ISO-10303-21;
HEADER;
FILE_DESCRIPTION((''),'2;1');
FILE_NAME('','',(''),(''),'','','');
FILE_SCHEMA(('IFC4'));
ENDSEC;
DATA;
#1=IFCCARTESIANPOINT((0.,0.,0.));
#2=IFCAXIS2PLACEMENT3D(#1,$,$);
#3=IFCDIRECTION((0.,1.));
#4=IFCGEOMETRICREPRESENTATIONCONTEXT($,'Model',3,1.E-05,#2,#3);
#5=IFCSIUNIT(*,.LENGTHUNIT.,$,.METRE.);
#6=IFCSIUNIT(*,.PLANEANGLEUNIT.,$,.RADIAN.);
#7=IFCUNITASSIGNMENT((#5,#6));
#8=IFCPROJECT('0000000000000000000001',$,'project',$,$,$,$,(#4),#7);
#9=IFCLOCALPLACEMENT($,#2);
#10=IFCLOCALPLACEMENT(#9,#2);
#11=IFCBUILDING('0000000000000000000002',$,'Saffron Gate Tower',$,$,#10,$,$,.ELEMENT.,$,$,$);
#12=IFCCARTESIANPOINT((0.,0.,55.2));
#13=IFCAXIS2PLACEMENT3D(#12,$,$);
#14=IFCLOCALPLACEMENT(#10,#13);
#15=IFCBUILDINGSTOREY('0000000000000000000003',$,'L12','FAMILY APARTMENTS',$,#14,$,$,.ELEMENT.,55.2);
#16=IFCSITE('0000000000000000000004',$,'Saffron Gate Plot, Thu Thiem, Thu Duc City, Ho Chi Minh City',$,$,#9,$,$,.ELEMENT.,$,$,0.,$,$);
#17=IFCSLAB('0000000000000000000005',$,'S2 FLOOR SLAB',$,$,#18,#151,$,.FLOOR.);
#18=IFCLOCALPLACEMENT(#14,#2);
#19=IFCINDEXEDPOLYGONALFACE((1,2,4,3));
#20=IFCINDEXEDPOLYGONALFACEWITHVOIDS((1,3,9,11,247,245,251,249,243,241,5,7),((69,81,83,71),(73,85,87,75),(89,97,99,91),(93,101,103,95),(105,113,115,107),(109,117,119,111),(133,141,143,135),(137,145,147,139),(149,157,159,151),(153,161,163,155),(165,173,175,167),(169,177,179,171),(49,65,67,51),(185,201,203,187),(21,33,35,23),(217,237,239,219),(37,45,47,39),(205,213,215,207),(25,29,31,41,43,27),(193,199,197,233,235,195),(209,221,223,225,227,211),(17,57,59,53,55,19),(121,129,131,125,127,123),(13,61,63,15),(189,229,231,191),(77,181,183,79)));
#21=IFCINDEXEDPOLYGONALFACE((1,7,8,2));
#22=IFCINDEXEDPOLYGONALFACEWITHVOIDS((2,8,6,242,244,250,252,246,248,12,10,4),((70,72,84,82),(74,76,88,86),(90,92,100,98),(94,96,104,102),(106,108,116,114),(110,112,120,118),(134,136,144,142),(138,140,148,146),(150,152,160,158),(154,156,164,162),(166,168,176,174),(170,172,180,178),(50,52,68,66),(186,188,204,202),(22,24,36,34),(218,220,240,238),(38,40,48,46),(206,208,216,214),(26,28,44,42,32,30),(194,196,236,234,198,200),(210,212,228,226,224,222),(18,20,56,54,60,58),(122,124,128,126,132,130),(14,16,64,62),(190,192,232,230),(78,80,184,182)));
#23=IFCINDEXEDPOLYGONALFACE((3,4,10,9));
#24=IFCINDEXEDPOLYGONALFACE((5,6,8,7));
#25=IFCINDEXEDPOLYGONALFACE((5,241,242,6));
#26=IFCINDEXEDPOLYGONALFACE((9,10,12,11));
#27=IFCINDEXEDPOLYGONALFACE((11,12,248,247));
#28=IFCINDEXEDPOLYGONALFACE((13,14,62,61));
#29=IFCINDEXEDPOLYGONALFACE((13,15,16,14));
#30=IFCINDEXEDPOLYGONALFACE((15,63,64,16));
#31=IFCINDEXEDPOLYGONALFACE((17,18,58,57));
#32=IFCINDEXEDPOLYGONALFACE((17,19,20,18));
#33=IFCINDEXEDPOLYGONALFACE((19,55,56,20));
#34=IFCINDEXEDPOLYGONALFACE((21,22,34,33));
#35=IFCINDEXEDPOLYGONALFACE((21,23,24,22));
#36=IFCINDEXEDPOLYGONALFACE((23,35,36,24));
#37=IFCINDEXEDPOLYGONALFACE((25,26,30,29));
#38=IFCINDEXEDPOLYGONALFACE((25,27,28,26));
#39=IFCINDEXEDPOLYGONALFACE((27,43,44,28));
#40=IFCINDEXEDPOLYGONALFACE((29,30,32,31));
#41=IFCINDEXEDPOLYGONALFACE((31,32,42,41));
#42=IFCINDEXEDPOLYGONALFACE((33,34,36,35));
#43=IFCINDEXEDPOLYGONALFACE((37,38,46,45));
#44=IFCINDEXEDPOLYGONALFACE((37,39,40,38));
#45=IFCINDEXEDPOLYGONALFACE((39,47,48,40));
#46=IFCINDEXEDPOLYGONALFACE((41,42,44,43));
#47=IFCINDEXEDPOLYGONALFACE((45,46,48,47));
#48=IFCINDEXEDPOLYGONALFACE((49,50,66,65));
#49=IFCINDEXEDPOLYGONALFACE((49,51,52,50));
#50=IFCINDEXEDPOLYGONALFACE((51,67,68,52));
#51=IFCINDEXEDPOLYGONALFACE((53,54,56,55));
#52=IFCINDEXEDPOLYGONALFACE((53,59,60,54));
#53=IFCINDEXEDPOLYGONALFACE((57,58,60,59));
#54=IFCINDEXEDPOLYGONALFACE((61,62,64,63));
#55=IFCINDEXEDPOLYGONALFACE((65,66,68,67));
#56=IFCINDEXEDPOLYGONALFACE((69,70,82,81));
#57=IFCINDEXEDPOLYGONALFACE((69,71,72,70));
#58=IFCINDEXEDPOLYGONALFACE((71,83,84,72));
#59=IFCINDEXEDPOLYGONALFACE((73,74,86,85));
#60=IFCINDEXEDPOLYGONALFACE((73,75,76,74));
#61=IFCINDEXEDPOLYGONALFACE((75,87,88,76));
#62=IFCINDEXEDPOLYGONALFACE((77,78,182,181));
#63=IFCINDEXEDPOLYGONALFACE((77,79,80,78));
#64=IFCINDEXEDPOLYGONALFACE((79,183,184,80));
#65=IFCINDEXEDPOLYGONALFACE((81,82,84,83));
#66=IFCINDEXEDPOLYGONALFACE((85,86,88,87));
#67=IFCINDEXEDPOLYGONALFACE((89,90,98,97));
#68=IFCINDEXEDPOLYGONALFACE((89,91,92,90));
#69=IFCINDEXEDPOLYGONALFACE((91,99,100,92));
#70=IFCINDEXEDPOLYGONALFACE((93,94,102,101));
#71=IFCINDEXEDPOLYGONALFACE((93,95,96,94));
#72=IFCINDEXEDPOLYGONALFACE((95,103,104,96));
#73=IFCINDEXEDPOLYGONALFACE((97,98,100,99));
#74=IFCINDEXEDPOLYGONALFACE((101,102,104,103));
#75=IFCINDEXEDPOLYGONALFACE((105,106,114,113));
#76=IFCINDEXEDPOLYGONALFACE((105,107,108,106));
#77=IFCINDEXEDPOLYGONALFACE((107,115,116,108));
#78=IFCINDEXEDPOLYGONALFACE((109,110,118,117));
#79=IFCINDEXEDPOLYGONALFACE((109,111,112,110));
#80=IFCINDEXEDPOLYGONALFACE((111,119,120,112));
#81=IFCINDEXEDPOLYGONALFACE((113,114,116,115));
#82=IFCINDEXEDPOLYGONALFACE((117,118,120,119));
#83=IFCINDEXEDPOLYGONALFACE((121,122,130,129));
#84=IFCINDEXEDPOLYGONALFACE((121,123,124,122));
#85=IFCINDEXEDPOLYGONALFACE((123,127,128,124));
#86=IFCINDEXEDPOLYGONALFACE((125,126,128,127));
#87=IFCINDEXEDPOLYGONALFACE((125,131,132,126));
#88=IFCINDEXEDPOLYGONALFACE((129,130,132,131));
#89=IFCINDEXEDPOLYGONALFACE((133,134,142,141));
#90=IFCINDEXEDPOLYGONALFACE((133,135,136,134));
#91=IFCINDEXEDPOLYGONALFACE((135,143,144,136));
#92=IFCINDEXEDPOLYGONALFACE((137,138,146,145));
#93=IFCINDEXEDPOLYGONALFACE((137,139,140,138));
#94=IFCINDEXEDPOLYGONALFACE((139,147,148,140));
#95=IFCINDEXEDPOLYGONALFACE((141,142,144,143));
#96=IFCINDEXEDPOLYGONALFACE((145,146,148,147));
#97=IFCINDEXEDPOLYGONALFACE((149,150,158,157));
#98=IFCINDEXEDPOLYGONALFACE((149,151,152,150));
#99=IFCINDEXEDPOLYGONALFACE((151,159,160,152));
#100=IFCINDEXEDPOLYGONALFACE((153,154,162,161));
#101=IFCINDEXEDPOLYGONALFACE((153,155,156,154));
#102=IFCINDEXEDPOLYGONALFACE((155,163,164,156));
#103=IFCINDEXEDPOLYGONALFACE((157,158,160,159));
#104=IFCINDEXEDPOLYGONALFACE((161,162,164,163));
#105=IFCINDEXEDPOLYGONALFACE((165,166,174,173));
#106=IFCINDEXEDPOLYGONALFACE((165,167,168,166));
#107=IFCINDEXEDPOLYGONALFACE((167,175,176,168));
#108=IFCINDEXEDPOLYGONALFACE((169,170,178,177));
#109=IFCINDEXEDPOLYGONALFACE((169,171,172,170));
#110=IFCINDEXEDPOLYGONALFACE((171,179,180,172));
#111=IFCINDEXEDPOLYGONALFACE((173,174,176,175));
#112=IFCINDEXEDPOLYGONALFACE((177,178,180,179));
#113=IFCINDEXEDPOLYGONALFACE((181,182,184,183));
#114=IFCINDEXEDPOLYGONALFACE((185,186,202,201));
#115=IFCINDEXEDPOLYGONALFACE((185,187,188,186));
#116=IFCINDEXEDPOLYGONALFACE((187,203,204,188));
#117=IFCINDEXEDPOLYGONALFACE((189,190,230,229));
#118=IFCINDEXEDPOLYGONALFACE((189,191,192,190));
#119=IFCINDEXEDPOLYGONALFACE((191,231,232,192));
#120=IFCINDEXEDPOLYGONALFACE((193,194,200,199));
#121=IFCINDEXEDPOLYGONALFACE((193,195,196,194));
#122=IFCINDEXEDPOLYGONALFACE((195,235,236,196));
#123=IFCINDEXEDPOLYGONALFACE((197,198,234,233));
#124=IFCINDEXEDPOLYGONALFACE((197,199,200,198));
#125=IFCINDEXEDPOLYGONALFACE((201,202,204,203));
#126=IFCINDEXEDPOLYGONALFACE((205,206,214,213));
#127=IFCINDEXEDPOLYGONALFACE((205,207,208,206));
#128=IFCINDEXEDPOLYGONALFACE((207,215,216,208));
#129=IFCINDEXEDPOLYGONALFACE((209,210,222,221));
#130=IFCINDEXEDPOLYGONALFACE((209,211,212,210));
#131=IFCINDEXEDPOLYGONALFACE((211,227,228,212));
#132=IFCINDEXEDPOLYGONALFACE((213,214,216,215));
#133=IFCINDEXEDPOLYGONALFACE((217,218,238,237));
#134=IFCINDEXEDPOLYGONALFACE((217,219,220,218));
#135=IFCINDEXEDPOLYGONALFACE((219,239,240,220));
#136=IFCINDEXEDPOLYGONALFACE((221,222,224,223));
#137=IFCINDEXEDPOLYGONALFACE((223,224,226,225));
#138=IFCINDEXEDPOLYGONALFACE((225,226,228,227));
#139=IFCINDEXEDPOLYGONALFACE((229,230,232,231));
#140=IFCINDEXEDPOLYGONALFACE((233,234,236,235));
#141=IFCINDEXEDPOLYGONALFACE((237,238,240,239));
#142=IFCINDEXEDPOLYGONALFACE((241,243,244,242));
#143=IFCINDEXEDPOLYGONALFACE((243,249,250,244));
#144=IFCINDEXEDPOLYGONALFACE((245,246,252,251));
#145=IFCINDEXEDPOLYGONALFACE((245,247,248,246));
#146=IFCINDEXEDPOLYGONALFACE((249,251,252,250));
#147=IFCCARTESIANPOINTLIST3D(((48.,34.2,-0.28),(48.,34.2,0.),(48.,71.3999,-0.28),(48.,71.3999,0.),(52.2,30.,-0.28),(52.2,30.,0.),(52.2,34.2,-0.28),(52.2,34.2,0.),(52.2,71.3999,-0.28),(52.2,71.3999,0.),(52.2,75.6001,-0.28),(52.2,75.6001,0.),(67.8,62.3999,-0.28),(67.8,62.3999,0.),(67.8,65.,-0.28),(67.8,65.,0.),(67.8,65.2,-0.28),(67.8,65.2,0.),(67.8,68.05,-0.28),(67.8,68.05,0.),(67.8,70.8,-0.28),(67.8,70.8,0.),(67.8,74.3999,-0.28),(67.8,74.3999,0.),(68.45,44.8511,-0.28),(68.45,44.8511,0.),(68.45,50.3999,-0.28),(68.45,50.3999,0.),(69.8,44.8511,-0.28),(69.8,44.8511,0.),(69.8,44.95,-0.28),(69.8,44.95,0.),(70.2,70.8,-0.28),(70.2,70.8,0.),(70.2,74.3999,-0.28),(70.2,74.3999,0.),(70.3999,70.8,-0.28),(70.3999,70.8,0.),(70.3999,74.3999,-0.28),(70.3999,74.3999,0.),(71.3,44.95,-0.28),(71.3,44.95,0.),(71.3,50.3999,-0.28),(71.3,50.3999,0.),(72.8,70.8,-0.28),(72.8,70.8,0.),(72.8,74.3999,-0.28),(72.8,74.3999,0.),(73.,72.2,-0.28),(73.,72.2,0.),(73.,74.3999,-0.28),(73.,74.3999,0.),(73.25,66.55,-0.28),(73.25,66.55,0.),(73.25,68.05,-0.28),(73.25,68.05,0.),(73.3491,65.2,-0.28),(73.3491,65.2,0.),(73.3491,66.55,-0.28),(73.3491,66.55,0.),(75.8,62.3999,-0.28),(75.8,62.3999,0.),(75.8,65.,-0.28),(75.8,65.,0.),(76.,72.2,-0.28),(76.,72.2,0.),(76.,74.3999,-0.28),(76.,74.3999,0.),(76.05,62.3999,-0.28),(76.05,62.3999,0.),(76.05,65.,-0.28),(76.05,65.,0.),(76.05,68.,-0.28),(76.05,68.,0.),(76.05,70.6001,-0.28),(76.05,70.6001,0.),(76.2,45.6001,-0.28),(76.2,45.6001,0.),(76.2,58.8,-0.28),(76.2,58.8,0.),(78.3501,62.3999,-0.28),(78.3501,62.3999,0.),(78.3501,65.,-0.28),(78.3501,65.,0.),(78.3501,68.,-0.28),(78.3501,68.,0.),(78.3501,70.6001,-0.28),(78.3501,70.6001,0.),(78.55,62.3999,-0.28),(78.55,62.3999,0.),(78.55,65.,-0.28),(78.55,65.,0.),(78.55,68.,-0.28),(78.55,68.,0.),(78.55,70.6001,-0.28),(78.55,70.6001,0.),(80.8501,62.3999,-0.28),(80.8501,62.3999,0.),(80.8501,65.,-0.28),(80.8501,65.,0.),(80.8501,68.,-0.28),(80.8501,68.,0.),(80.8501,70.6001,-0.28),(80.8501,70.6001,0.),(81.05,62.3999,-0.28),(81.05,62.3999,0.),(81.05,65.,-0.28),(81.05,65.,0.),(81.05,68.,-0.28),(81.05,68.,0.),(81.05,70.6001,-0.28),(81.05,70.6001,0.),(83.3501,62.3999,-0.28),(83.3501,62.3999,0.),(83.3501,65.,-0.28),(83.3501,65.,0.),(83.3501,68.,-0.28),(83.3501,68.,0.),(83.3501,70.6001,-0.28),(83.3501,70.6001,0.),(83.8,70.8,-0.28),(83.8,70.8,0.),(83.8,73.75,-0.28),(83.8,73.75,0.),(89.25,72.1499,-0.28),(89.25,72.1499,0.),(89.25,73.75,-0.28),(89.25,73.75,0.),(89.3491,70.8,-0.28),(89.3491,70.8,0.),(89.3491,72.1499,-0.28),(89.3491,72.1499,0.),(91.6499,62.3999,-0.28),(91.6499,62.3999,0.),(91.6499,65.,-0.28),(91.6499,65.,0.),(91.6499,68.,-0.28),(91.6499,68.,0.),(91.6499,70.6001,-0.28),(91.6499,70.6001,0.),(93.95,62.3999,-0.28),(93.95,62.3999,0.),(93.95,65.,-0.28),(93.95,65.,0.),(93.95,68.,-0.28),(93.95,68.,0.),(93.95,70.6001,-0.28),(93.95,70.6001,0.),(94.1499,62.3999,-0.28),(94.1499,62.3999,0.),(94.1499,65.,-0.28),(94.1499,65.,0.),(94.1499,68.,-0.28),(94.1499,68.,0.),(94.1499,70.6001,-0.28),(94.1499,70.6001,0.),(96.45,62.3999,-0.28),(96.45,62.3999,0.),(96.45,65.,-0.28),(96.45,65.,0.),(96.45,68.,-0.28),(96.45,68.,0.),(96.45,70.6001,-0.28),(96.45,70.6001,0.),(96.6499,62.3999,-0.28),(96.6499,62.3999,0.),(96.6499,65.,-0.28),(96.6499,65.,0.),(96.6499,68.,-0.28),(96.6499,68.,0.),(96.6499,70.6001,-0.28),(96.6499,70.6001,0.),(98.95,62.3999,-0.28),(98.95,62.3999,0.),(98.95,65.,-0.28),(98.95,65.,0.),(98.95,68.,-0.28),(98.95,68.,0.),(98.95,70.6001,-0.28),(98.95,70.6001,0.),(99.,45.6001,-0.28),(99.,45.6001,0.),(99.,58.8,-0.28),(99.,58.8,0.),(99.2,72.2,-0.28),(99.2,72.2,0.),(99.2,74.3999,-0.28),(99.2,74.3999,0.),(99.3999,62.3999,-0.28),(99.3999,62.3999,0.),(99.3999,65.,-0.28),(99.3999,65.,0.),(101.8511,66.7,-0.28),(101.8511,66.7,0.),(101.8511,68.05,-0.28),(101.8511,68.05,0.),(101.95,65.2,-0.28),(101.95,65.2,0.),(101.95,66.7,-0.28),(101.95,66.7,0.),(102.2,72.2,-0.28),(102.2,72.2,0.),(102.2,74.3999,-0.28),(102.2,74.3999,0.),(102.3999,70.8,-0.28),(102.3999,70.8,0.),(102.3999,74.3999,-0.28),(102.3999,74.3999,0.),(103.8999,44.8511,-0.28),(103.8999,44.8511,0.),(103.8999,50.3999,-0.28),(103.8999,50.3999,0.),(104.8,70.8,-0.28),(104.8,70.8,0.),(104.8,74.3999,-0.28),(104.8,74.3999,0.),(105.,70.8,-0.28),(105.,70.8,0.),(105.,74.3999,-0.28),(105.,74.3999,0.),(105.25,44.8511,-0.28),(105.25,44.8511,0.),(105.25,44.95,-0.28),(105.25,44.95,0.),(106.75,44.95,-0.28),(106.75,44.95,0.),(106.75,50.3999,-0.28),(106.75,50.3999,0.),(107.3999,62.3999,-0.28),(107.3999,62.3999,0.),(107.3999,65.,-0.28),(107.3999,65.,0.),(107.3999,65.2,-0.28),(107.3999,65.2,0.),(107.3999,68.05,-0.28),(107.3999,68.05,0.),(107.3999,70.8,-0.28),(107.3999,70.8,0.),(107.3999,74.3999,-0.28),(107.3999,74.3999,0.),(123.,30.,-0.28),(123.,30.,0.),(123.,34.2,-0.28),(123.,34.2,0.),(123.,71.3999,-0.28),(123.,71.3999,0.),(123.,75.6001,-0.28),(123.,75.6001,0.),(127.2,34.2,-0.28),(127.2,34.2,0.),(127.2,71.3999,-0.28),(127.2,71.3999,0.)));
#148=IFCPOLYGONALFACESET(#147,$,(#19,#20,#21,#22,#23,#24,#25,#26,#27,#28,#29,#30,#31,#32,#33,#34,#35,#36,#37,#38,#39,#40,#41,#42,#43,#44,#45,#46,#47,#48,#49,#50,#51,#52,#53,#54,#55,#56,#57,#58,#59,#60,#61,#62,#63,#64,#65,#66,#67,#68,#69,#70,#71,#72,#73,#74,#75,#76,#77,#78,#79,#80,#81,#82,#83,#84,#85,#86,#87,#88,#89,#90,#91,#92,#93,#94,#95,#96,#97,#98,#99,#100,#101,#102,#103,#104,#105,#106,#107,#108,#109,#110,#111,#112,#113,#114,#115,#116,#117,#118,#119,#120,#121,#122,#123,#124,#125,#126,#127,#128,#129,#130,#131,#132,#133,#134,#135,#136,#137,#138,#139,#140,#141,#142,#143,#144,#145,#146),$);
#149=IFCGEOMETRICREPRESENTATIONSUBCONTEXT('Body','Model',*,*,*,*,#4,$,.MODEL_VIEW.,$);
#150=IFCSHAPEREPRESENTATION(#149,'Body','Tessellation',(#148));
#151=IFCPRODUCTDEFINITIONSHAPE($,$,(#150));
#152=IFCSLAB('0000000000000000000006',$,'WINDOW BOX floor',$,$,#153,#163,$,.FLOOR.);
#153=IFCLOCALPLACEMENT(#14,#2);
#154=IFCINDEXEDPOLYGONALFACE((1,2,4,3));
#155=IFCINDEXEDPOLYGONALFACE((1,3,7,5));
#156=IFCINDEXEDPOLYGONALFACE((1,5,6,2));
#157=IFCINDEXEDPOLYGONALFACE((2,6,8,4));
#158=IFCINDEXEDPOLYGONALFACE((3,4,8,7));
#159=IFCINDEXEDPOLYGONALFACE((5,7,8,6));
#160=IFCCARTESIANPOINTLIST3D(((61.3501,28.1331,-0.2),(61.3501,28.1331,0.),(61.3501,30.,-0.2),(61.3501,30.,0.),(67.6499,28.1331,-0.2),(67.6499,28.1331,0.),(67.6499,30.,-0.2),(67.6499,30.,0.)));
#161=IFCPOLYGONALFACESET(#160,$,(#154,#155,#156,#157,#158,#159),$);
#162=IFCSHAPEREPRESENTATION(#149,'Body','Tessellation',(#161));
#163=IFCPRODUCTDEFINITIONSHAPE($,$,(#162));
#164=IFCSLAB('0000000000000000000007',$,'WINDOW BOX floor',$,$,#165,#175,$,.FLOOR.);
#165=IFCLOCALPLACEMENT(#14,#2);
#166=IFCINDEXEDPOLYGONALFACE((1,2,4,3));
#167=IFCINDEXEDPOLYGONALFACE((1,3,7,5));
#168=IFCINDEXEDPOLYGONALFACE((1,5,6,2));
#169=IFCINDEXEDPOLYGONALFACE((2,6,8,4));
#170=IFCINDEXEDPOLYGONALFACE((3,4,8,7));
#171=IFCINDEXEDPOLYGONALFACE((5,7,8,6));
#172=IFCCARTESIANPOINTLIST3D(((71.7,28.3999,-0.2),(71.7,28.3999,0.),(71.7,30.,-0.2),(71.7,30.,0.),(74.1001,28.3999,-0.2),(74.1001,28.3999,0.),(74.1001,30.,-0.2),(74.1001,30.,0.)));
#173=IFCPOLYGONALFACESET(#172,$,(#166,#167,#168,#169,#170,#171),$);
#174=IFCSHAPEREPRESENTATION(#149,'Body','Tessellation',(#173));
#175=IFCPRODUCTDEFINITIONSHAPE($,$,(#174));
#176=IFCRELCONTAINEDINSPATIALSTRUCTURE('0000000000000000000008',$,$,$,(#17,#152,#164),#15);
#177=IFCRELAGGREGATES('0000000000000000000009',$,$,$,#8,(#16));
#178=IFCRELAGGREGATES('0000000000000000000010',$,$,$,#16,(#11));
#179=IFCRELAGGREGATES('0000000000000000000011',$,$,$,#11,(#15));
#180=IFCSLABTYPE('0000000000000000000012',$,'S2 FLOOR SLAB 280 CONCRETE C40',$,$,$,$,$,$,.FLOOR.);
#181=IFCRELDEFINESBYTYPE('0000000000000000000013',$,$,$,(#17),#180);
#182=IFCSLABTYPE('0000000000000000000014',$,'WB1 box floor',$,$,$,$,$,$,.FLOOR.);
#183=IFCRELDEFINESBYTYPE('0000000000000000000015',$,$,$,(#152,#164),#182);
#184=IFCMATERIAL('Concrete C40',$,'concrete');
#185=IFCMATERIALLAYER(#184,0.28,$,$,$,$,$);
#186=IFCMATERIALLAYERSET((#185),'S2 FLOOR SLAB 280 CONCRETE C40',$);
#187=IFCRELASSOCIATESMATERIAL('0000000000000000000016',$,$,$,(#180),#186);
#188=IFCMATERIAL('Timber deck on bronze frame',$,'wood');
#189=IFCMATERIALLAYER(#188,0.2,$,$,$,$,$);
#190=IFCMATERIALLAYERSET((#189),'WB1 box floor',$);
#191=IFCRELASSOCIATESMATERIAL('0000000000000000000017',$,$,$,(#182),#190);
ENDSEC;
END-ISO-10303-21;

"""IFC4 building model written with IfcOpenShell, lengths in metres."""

from ifc_helpers import new_model, si_unit, direction, frame, origin, place, context, subcontext, project, spatial, polyline, outline, extrude, material, layer, layer_set, type_object, element, save


model = new_model("IFC4")

# Units and contexts
model_context = context("Model", 3, precision=1e-05, world=origin(), true_north=direction((0.0, 1.0)))
body_context = subcontext(model_context, "Body", "Model", "MODEL_VIEW")
ifc_project = project(units=[si_unit("LENGTHUNIT", "METRE"), si_unit("PLANEANGLEUNIT", "RADIAN")], contexts=[model_context])

# Site, building, storey
site_placement = place(None, origin())
site = spatial("IfcSite", under=ifc_project, at=site_placement, Name="Saffron Gate Plot, Thu Thiem, Thu Duc City, Ho Chi Minh City", CompositionType="ELEMENT", RefElevation=0.0)
building_placement = place(site_placement, origin())
building = spatial("IfcBuilding", under=site, at=building_placement, Name="Saffron Gate Tower", CompositionType="ELEMENT")
storey_placement = place(building_placement, frame((0.0, 0.0, 55.2)))
storey = spatial("IfcBuildingStorey", under=building, at=storey_placement, Name="L12", Description="FAMILY APARTMENTS", CompositionType="ELEMENT", Elevation=55.2)

# Slabs
ifc_material_1 = material(Name="Concrete C40", Category="concrete")
ifc_layer_1 = layer(ifc_material_1, 0.28)
ifc_layer_set_1 = layer_set([ifc_layer_1], Name="S2 FLOOR SLAB 280 CONCRETE C40")
slab_type_1 = type_object("IfcSlabType", Name="S2 FLOOR SLAB 280 CONCRETE C40", PredefinedType="FLOOR", material=ifc_layer_set_1)
slab_1_placement = place(storey_placement, frame((0.0, 0.0, -0.28)))
element("IfcSlab", 1, at=slab_1_placement, inside=storey, type_object=slab_type_1, Name="S2 FLOOR SLAB", PredefinedType="FLOOR", context=body_context, shape_type="SweptSolid", body=[
    extrude(outline(polyline([(48.0, 34.2), (52.2, 34.2), (52.2, 30.0), (123.0, 30.0), (123.0, 34.2), (127.2, 34.2), (127.2, 71.3999), (123.0, 71.3999), (123.0, 75.6001), (52.2, 75.6001), (52.2, 71.3999), (48.0, 71.3999), (48.0, 34.2)]), holes=[polyline([(67.8, 62.3999), (67.8, 65.0), (75.8, 65.0), (75.8, 62.3999), (67.8, 62.3999)]), polyline([(67.8, 65.2), (67.8, 68.05), (73.25, 68.05), (73.25, 66.55), (73.3491, 66.55), (73.3491, 65.2), (67.8, 65.2)]), polyline([(67.8, 70.8), (67.8, 74.3999), (70.2, 74.3999), (70.2, 70.8), (67.8, 70.8)]), polyline([(68.45, 44.8511), (68.45, 50.3999), (71.3, 50.3999), (71.3, 44.95), (69.8, 44.95), (69.8, 44.8511), (68.45, 44.8511)]), polyline([(70.3999, 70.8), (70.3999, 74.3999), (72.8, 74.3999), (72.8, 70.8), (70.3999, 70.8)]), polyline([(73.0, 72.2), (73.0, 74.3999), (76.0, 74.3999), (76.0, 72.2), (73.0, 72.2)]), polyline([(76.05, 62.3999), (76.05, 65.0), (78.3501, 65.0), (78.3501, 62.3999), (76.05, 62.3999)]), polyline([(76.05, 68.0), (76.05, 70.6001), (78.3501, 70.6001), (78.3501, 68.0), (76.05, 68.0)]), polyline([(76.2, 45.6001), (76.2, 58.8), (99.0, 58.8), (99.0, 45.6001), (76.2, 45.6001)]), polyline([(78.55, 62.3999), (78.55, 65.0), (80.8501, 65.0), (80.8501, 62.3999), (78.55, 62.3999)]), polyline([(78.55, 68.0), (78.55, 70.6001), (80.8501, 70.6001), (80.8501, 68.0), (78.55, 68.0)]), polyline([(81.05, 62.3999), (81.05, 65.0), (83.3501, 65.0), (83.3501, 62.3999), (81.05, 62.3999)]), polyline([(81.05, 68.0), (81.05, 70.6001), (83.3501, 70.6001), (83.3501, 68.0), (81.05, 68.0)]), polyline([(83.8, 70.8), (83.8, 73.75), (89.25, 73.75), (89.25, 72.1499), (89.3491, 72.1499), (89.3491, 70.8), (83.8, 70.8)]), polyline([(91.6499, 62.3999), (91.6499, 65.0), (93.95, 65.0), (93.95, 62.3999), (91.6499, 62.3999)]), polyline([(91.6499, 68.0), (91.6499, 70.6001), (93.95, 70.6001), (93.95, 68.0), (91.6499, 68.0)]), polyline([(94.1499, 62.3999), (94.1499, 65.0), (96.45, 65.0), (96.45, 62.3999), (94.1499, 62.3999)]), polyline([(94.1499, 68.0), (94.1499, 70.6001), (96.45, 70.6001), (96.45, 68.0), (94.1499, 68.0)]), polyline([(96.6499, 62.3999), (96.6499, 65.0), (98.95, 65.0), (98.95, 62.3999), (96.6499, 62.3999)]), polyline([(96.6499, 68.0), (96.6499, 70.6001), (98.95, 70.6001), (98.95, 68.0), (96.6499, 68.0)]), polyline([(99.2, 72.2), (99.2, 74.3999), (102.2, 74.3999), (102.2, 72.2), (99.2, 72.2)]), polyline([(99.3999, 62.3999), (99.3999, 65.0), (107.3999, 65.0), (107.3999, 62.3999), (99.3999, 62.3999)]), polyline([(101.8511, 66.7), (101.8511, 68.05), (107.3999, 68.05), (107.3999, 65.2), (101.95, 65.2), (101.95, 66.7), (101.8511, 66.7)]), polyline([(102.3999, 70.8), (102.3999, 74.3999), (104.8, 74.3999), (104.8, 70.8), (102.3999, 70.8)]), polyline([(103.8999, 44.8511), (103.8999, 50.3999), (106.75, 50.3999), (106.75, 44.95), (105.25, 44.95), (105.25, 44.8511), (103.8999, 44.8511)]), polyline([(105.0, 70.8), (105.0, 74.3999), (107.3999, 74.3999), (107.3999, 70.8), (105.0, 70.8)])]), origin(), (0.0, 0.0, 1.0), 0.28),
])
ifc_material_2 = material(Name="Timber deck on bronze frame", Category="wood")
ifc_layer_2 = layer(ifc_material_2, 0.2)
ifc_layer_set_2 = layer_set([ifc_layer_2], Name="WB1 box floor")
slab_type_2 = type_object("IfcSlabType", Name="WB1 box floor", PredefinedType="FLOOR", material=ifc_layer_set_2)
slab_2_placement = place(storey_placement, frame((0.0, 0.0, -0.2)))
element("IfcSlab", 2, at=slab_2_placement, inside=storey, type_object=slab_type_2, Name="WINDOW BOX floor", PredefinedType="FLOOR", context=body_context, shape_type="SweptSolid", body=[
    extrude(outline(polyline([(61.3501, 30.0), (67.6499, 30.0), (67.6499, 28.1331), (61.3501, 28.1331), (61.3501, 30.0)])), origin(), (0.0, 0.0, 1.0), 0.2),
])
slab_3_placement = place(storey_placement, frame((0.0, 0.0, -0.2)))
element("IfcSlab", 3, at=slab_3_placement, inside=storey, type_object=slab_type_2, Name="WINDOW BOX floor", PredefinedType="FLOOR", context=body_context, shape_type="SweptSolid", body=[
    extrude(outline(polyline([(71.7, 30.0), (74.1001, 30.0), (74.1001, 28.3999), (71.7, 28.3999), (71.7, 30.0)])), origin(), (0.0, 0.0, 1.0), 0.2),
])

save(model, "model.ifc")
